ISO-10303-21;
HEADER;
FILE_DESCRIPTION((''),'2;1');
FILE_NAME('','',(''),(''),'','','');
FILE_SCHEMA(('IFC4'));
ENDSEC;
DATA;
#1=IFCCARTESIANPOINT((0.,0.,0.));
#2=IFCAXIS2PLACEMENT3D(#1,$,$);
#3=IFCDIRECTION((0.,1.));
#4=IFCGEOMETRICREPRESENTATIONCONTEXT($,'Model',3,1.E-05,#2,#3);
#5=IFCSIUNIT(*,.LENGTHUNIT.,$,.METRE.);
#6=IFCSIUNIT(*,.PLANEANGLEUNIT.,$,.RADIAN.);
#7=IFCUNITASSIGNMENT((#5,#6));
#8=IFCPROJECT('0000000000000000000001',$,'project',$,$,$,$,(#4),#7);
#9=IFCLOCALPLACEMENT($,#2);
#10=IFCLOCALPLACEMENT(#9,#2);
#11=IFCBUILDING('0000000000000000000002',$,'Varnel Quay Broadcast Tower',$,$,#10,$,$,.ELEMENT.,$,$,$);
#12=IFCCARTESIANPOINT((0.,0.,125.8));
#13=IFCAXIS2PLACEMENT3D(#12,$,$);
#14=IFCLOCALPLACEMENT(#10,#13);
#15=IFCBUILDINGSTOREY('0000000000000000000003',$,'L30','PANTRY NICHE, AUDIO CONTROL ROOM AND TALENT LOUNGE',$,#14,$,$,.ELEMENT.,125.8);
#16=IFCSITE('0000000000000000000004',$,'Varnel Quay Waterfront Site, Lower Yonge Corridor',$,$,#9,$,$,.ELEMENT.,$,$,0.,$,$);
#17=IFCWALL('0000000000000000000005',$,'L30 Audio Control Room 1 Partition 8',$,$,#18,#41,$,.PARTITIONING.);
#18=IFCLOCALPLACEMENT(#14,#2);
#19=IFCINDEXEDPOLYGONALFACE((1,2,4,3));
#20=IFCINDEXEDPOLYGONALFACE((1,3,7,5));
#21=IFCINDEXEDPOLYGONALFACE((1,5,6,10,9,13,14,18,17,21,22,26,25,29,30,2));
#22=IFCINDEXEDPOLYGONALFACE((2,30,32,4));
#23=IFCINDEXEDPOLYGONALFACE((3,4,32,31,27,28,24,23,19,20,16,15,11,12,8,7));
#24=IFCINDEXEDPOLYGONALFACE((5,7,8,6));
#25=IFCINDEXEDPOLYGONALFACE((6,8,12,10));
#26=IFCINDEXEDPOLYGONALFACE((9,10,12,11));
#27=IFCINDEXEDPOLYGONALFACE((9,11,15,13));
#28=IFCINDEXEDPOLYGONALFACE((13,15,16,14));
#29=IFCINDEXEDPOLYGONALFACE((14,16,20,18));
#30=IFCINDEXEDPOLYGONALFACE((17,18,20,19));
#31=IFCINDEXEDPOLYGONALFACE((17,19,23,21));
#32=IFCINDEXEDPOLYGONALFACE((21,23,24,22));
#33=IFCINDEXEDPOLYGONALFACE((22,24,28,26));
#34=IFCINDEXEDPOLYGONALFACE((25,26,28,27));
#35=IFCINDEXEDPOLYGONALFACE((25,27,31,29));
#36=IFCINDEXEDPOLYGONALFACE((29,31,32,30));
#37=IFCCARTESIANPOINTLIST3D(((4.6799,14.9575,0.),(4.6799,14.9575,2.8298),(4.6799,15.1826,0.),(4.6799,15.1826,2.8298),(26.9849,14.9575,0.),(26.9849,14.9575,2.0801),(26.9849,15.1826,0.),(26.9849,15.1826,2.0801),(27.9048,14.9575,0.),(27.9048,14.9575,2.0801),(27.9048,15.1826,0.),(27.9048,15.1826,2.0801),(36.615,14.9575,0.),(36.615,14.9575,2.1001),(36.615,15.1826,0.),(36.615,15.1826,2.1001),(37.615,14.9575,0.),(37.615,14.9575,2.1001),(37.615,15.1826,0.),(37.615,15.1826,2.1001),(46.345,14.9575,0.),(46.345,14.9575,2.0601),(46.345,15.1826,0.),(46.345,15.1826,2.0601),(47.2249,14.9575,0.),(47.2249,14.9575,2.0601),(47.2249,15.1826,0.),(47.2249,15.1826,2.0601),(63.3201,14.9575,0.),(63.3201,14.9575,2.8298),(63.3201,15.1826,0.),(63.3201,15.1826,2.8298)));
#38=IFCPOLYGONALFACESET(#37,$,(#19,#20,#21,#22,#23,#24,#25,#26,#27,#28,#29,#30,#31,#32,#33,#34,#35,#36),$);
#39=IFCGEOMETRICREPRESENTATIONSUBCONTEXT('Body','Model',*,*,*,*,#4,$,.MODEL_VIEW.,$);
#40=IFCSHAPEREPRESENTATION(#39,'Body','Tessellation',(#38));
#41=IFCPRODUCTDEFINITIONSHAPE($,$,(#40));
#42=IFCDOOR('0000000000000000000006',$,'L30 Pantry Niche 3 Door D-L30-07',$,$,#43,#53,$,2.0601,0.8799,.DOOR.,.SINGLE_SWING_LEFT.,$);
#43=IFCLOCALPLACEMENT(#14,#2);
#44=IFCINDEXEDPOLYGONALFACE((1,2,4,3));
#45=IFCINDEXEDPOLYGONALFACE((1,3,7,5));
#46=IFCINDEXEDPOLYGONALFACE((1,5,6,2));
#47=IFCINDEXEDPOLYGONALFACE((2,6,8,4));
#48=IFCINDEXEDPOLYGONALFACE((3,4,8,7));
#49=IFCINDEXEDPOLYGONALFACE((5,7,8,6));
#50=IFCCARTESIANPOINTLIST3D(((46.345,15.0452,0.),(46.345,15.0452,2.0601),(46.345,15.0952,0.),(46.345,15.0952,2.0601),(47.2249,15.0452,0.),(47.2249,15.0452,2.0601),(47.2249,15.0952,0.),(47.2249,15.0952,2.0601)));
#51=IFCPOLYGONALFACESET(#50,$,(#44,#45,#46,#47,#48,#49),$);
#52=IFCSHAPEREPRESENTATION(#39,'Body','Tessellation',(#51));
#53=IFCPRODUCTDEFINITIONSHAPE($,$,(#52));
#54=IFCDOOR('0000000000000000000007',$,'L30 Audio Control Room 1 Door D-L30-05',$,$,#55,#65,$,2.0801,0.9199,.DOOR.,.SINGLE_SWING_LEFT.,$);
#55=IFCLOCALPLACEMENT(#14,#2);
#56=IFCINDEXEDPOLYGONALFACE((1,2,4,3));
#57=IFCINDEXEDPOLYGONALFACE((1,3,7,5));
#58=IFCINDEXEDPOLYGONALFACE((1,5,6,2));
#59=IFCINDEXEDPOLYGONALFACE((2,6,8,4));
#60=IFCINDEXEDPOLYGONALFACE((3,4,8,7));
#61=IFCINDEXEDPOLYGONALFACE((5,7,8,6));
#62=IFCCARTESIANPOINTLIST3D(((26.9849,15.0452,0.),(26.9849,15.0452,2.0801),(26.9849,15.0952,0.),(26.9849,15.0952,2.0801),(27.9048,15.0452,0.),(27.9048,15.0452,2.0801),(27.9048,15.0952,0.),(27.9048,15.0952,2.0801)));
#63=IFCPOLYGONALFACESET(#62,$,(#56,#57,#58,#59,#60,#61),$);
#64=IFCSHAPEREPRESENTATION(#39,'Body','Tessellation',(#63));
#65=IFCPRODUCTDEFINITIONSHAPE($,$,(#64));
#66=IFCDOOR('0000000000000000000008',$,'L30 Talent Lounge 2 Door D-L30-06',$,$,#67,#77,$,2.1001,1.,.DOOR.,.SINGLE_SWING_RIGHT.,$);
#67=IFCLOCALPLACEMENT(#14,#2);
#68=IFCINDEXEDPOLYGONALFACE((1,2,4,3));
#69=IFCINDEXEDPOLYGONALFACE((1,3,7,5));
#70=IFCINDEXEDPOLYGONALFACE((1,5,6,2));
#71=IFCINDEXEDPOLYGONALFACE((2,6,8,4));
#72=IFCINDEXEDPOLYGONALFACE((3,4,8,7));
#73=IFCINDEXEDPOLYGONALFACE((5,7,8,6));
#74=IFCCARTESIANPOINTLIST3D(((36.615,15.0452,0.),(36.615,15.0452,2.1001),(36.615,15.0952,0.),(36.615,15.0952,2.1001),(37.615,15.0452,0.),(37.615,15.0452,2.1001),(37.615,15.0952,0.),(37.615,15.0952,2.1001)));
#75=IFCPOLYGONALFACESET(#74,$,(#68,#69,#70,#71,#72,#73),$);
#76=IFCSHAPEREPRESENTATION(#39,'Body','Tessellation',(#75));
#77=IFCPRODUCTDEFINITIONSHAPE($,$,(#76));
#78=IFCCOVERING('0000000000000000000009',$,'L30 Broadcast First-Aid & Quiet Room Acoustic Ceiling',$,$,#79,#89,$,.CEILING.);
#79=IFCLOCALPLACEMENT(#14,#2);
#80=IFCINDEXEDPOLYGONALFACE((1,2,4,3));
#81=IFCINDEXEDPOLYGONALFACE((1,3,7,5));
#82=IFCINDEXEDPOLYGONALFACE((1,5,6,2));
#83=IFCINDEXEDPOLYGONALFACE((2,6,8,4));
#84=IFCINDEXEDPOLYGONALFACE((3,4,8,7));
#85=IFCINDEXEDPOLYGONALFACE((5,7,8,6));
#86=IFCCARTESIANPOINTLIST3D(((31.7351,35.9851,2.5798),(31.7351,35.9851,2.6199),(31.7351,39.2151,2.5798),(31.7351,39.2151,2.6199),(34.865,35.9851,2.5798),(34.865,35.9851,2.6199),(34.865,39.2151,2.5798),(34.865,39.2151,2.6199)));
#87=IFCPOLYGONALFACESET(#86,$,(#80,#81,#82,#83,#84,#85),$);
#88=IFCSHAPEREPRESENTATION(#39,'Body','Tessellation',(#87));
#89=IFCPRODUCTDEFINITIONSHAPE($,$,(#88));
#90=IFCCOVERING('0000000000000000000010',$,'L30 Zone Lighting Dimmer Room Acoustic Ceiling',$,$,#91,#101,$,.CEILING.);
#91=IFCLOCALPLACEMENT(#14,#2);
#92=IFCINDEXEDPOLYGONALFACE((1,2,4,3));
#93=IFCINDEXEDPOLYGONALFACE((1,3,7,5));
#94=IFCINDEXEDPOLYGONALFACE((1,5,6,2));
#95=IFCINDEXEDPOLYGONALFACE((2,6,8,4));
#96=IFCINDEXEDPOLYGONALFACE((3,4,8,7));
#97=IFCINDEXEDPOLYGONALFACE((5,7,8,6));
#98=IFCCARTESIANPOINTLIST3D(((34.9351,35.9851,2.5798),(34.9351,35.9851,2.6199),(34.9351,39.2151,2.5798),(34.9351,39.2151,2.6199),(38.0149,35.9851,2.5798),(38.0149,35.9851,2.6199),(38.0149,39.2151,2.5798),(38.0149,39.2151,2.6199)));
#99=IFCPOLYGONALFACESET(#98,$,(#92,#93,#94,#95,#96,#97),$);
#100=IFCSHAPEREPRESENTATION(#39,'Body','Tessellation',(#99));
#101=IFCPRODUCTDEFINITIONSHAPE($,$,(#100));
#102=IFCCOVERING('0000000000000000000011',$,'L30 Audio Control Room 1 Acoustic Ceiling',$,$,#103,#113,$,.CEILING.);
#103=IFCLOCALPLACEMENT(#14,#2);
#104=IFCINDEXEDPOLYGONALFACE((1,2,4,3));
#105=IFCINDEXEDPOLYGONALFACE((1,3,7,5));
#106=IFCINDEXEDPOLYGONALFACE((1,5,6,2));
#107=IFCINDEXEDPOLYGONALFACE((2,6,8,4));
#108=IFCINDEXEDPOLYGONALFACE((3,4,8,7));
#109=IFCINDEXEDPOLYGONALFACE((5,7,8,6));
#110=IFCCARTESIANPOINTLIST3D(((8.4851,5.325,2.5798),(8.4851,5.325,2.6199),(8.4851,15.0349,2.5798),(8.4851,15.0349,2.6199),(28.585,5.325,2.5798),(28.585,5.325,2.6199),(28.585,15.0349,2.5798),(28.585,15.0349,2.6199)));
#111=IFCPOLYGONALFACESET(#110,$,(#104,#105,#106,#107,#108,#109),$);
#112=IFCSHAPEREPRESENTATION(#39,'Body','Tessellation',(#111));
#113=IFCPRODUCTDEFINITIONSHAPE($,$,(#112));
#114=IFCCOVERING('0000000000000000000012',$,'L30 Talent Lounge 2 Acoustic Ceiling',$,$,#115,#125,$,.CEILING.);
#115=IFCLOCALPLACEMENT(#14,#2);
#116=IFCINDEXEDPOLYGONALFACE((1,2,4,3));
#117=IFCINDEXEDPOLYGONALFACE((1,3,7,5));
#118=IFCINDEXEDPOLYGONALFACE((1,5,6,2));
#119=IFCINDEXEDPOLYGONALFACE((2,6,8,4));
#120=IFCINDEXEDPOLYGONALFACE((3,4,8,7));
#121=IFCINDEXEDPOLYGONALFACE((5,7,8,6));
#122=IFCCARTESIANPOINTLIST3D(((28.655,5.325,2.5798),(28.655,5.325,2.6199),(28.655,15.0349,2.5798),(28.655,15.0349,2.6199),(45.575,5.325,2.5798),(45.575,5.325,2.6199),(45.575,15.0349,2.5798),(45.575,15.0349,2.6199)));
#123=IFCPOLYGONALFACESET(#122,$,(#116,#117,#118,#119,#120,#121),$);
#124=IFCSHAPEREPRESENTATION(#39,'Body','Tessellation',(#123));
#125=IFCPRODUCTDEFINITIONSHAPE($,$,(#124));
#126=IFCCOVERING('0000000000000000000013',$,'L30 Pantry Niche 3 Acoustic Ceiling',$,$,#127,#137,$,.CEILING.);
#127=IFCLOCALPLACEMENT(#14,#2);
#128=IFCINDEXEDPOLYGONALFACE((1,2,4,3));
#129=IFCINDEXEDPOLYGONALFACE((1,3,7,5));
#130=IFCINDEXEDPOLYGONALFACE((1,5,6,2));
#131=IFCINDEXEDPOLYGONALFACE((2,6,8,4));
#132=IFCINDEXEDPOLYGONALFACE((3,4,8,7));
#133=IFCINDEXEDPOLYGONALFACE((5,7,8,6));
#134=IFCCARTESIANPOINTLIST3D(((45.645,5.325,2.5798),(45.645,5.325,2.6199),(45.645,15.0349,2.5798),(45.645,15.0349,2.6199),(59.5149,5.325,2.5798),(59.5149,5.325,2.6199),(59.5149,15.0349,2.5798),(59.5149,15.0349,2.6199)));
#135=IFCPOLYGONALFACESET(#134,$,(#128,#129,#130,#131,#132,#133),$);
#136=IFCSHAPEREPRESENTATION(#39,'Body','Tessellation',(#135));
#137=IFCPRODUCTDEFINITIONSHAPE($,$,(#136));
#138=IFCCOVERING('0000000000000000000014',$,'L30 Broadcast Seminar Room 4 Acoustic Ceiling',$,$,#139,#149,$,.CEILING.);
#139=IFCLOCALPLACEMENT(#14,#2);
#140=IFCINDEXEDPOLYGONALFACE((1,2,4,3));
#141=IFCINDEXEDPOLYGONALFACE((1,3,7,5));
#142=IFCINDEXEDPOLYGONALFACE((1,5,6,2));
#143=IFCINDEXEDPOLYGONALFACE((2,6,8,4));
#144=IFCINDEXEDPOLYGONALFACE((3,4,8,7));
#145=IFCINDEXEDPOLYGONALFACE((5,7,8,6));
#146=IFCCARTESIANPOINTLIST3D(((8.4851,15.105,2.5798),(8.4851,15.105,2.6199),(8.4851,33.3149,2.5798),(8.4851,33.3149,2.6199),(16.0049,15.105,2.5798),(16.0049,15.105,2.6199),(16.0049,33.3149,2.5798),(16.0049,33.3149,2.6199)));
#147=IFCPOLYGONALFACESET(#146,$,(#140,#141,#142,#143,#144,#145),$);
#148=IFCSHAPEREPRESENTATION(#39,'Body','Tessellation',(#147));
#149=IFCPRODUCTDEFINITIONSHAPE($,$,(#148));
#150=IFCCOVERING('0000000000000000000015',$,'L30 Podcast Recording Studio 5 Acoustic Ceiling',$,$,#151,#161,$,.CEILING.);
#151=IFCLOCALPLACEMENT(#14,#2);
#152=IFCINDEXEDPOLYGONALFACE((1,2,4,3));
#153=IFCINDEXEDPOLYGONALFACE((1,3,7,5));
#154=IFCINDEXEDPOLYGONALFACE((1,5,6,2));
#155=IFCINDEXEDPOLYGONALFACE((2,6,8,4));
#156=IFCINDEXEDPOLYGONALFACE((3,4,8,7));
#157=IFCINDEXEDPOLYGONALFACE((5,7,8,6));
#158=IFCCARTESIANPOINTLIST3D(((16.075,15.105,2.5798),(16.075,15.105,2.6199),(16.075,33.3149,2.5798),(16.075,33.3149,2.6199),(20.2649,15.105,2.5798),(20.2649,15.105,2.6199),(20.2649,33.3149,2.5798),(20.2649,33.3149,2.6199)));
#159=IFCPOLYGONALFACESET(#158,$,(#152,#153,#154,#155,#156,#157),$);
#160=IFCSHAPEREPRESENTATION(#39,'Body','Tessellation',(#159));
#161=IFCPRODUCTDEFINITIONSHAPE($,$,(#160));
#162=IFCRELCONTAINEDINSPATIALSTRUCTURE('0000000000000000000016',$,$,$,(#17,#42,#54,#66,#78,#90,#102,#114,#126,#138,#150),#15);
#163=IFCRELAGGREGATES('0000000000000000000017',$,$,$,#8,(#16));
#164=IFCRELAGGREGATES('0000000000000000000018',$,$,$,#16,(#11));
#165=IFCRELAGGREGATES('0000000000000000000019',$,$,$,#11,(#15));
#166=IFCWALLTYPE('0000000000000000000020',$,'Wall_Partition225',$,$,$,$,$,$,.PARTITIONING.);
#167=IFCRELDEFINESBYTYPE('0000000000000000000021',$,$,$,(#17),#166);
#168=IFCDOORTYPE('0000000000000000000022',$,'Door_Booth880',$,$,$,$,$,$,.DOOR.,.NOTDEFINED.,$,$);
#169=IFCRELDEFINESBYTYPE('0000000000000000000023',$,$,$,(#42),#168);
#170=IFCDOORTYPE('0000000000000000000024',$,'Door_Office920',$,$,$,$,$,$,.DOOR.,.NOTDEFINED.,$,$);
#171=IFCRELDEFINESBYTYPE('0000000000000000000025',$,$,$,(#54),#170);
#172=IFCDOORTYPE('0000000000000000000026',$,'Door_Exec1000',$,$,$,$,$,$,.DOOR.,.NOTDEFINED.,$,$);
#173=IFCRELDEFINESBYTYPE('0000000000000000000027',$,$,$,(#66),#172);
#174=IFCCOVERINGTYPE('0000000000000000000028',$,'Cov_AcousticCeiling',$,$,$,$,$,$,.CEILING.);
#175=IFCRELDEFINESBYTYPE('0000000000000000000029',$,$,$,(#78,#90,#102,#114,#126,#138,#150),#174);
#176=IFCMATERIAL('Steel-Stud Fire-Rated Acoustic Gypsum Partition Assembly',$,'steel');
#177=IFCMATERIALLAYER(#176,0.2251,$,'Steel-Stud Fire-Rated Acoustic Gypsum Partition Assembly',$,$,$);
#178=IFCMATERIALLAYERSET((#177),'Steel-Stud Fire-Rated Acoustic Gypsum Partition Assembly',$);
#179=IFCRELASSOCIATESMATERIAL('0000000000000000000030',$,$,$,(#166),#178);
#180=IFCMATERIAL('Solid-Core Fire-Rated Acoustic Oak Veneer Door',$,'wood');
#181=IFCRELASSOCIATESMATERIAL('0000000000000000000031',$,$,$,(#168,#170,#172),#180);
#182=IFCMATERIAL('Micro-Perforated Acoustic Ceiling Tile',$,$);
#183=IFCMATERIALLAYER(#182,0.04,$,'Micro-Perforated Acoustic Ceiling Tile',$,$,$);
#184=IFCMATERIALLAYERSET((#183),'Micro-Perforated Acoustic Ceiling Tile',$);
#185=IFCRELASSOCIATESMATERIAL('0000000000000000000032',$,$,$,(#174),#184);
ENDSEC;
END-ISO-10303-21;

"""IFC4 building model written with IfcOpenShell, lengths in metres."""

from ifc_helpers import new_model, si_unit, direction, frame, frame_2d, origin, place, context, subcontext, project, spatial, polyline, rectangle, outline, extrude, source, transform, mapped, material, layer, layer_set, type_object, type_shapes, element, fill, save


model = new_model("IFC4")

# Units and contexts
model_context = context("Model", 3, precision=1e-05, world=origin(), true_north=direction((0.0, 1.0)))
body_context = subcontext(model_context, "Body", "Model", "MODEL_VIEW")
ifc_project = project(units=[si_unit("LENGTHUNIT", "METRE"), si_unit("PLANEANGLEUNIT", "RADIAN")], contexts=[model_context])

# Site, building, storey
site_placement = place(None, origin())
site = spatial("IfcSite", under=ifc_project, at=site_placement, Name="Varnel Quay Waterfront Site, Lower Yonge Corridor", CompositionType="ELEMENT", RefElevation=0.0)
building_placement = place(site_placement, origin())
building = spatial("IfcBuilding", under=site, at=building_placement, Name="Varnel Quay Broadcast Tower", CompositionType="ELEMENT")
storey_placement = place(building_placement, frame((0.0, 0.0, 125.8)))
storey = spatial("IfcBuildingStorey", under=building, at=storey_placement, Name="L30", Description="PANTRY NICHE, AUDIO CONTROL ROOM AND TALENT LOUNGE", CompositionType="ELEMENT", Elevation=125.8)

# Wall, openings, doors
ifc_material_1 = material(Name="Steel-Stud Fire-Rated Acoustic Gypsum Partition Assembly", Category="steel")
ifc_layer_1 = layer(ifc_material_1, 0.2251, Name="Steel-Stud Fire-Rated Acoustic Gypsum Partition Assembly")
ifc_layer_set_1 = layer_set([ifc_layer_1], Name="Steel-Stud Fire-Rated Acoustic Gypsum Partition Assembly")
wall_type = type_object("IfcWallType", Name="Wall_Partition225", PredefinedType="PARTITIONING", material=ifc_layer_set_1)
wall_placement = place(storey_placement, frame((4.6799, 15.0701, 0.0), z_axis=(0.0, 0.0, 1.0), x_axis=(1.0, 0.0, 0.0)))
wall = element("IfcWall", 1, at=wall_placement, inside=storey, type_object=wall_type, Name="L30 Audio Control Room 1 Partition 8", PredefinedType="PARTITIONING", context=body_context, shape_type="SweptSolid", body=[
    extrude(rectangle(XDim=58.6401, YDim=0.2251, at=frame_2d((29.3201, 0.0))), origin(), (0.0, 0.0, 1.0), 2.8298),
])
opening_1_placement = place(wall_placement, frame((22.3049, 0.0, 0.0)))
opening_1 = element("IfcOpeningElement", 2, at=opening_1_placement, cuts=wall, PredefinedType="OPENING", context=body_context, shape_type="SweptSolid", body=[
    extrude(rectangle(XDim=0.9199, YDim=2.0801, at=frame_2d((0.46, 1.04))), frame((0.0, 0.1226, 0.0), z_axis=(0.0, -1.0, 0.0), x_axis=(1.0, 0.0, 0.0)), (0.0, 0.0, 1.0), 0.2451),
])
opening_2_placement = place(wall_placement, frame((31.9351, 0.0, 0.0)))
opening_2 = element("IfcOpeningElement", 3, at=opening_2_placement, cuts=wall, PredefinedType="OPENING", context=body_context, shape_type="SweptSolid", body=[
    extrude(rectangle(XDim=1.0, YDim=2.1001, at=frame_2d((0.5, 1.05))), frame((0.0, 0.1226, 0.0), z_axis=(0.0, -1.0, 0.0), x_axis=(1.0, 0.0, 0.0)), (0.0, 0.0, 1.0), 0.2451),
])
opening_3_placement = place(wall_placement, frame((41.665, 0.0, 0.0)))
opening_3 = element("IfcOpeningElement", 4, at=opening_3_placement, cuts=wall, PredefinedType="OPENING", context=body_context, shape_type="SweptSolid", body=[
    extrude(rectangle(XDim=0.8799, YDim=2.0601, at=frame_2d((0.4399, 1.03))), frame((0.0, 0.1226, 0.0), z_axis=(0.0, -1.0, 0.0), x_axis=(1.0, 0.0, 0.0)), (0.0, 0.0, 1.0), 0.2451),
])
ifc_material_2 = material(Name="Solid-Core Fire-Rated Acoustic Oak Veneer Door", Category="wood")
door_type_1 = type_object("IfcDoorType", Name="Door_Booth880", OperationType="NOTDEFINED", PredefinedType="DOOR", material=ifc_material_2)
shared_shape_1 = source(origin(), body_context, "Body", "SweptSolid", [
    extrude(rectangle(XDim=0.8799, YDim=2.0601, at=frame_2d((0.4399, 1.03))), frame((0.0, 0.0249, 0.0), z_axis=(0.0, -1.0, 0.0), x_axis=(1.0, 0.0, 0.0)), (0.0, 0.0, 1.0), 0.05),
])
type_shapes(door_type_1, [shared_shape_1])
door_1_placement = place(opening_3_placement, frame((0.8799, 0.0, 0.0), z_axis=(0.0, 0.0, 1.0), x_axis=(-1.0, 0.0, 0.0)))
door_1 = element("IfcDoor", 5, at=door_1_placement, inside=storey, type_object=door_type_1, Name="L30 Pantry Niche 3 Door D-L30-07", OperationType="SINGLE_SWING_LEFT", OverallHeight=2.0601, OverallWidth=0.8799, PredefinedType="DOOR", context=body_context, shape_type="MappedRepresentation", body=[
    mapped(shared_shape_1, transform((0.0, 0.0, 0.0), x_axis=(1.0, 0.0, 0.0), y_axis=(0.0, 1.0, 0.0), z_axis=(0.0, 0.0, 1.0), scale=1.0)),
])
fill(opening_3, door_1)
door_type_2 = type_object("IfcDoorType", Name="Door_Office920", OperationType="NOTDEFINED", PredefinedType="DOOR", material=ifc_material_2)
shared_shape_2 = source(origin(), body_context, "Body", "SweptSolid", [
    extrude(rectangle(XDim=0.9199, YDim=2.0801, at=frame_2d((0.46, 1.04))), frame((0.0, 0.0249, 0.0), z_axis=(0.0, -1.0, 0.0), x_axis=(1.0, 0.0, 0.0)), (0.0, 0.0, 1.0), 0.05),
])
type_shapes(door_type_2, [shared_shape_2])
door_2_placement = place(opening_1_placement, frame((0.9199, 0.0, 0.0), z_axis=(0.0, 0.0, 1.0), x_axis=(-1.0, 0.0, 0.0)))
door_2 = element("IfcDoor", 6, at=door_2_placement, inside=storey, type_object=door_type_2, Name="L30 Audio Control Room 1 Door D-L30-05", OperationType="SINGLE_SWING_LEFT", OverallHeight=2.0801, OverallWidth=0.9199, PredefinedType="DOOR", context=body_context, shape_type="MappedRepresentation", body=[
    mapped(shared_shape_2, transform((0.0, 0.0, 0.0), x_axis=(1.0, 0.0, 0.0), y_axis=(0.0, 1.0, 0.0), z_axis=(0.0, 0.0, 1.0), scale=1.0)),
])
fill(opening_1, door_2)
door_type_3 = type_object("IfcDoorType", Name="Door_Exec1000", OperationType="NOTDEFINED", PredefinedType="DOOR", material=ifc_material_2)
shared_shape_3 = source(origin(), body_context, "Body", "SweptSolid", [
    extrude(rectangle(XDim=1.0, YDim=2.1001, at=frame_2d((0.5, 1.05))), frame((0.0, 0.0249, 0.0), z_axis=(0.0, -1.0, 0.0), x_axis=(1.0, 0.0, 0.0)), (0.0, 0.0, 1.0), 0.05),
])
type_shapes(door_type_3, [shared_shape_3])
door_3_placement = place(opening_2_placement, frame((1.0, 0.0, 0.0), z_axis=(0.0, 0.0, 1.0), x_axis=(-1.0, 0.0, 0.0)))
door_3 = element("IfcDoor", 7, at=door_3_placement, inside=storey, type_object=door_type_3, Name="L30 Talent Lounge 2 Door D-L30-06", OperationType="SINGLE_SWING_RIGHT", OverallHeight=2.1001, OverallWidth=1.0, PredefinedType="DOOR", context=body_context, shape_type="MappedRepresentation", body=[
    mapped(shared_shape_3, transform((0.0, 0.0, 0.0), x_axis=(1.0, 0.0, 0.0), y_axis=(0.0, 1.0, 0.0), z_axis=(0.0, 0.0, 1.0), scale=1.0)),
])
fill(opening_2, door_3)

# Coverings
ifc_material_3 = material(Name="Micro-Perforated Acoustic Ceiling Tile")
ifc_layer_2 = layer(ifc_material_3, 0.04, Name="Micro-Perforated Acoustic Ceiling Tile")
ifc_layer_set_2 = layer_set([ifc_layer_2], Name="Micro-Perforated Acoustic Ceiling Tile")
covering_type_1 = type_object("IfcCoveringType", Name="Cov_AcousticCeiling", PredefinedType="CEILING", material=ifc_layer_set_2)
covering_1_placement = place(storey_placement, frame((0.0, 0.0, 2.5798)))
element("IfcCovering", 8, at=covering_1_placement, inside=storey, type_object=covering_type_1, Name="L30 Broadcast First-Aid & Quiet Room Acoustic Ceiling", PredefinedType="CEILING", context=body_context, shape_type="SweptSolid", body=[
    extrude(outline(polyline([(31.7351, 35.9851), (34.865, 35.9851), (34.865, 39.2151), (31.7351, 39.2151), (31.7351, 35.9851)])), origin(), (0.0, 0.0, 1.0), 0.04),
])
covering_2_placement = place(storey_placement, frame((0.0, 0.0, 2.5798)))
element("IfcCovering", 9, at=covering_2_placement, inside=storey, type_object=covering_type_1, Name="L30 Zone Lighting Dimmer Room Acoustic Ceiling", PredefinedType="CEILING", context=body_context, shape_type="SweptSolid", body=[
    extrude(outline(polyline([(34.9351, 35.9851), (38.0149, 35.9851), (38.0149, 39.2151), (34.9351, 39.2151), (34.9351, 35.9851)])), origin(), (0.0, 0.0, 1.0), 0.04),
])
covering_3_placement = place(storey_placement, frame((0.0, 0.0, 2.5798)))
element("IfcCovering", 10, at=covering_3_placement, inside=storey, type_object=covering_type_1, Name="L30 Audio Control Room 1 Acoustic Ceiling", PredefinedType="CEILING", context=body_context, shape_type="SweptSolid", body=[
    extrude(outline(polyline([(8.4851, 5.325), (28.585, 5.325), (28.585, 15.0349), (8.4851, 15.0349), (8.4851, 5.325)])), origin(), (0.0, 0.0, 1.0), 0.04),
])
covering_4_placement = place(storey_placement, frame((0.0, 0.0, 2.5798)))
element("IfcCovering", 11, at=covering_4_placement, inside=storey, type_object=covering_type_1, Name="L30 Talent Lounge 2 Acoustic Ceiling", PredefinedType="CEILING", context=body_context, shape_type="SweptSolid", body=[
    extrude(outline(polyline([(28.655, 5.325), (45.575, 5.325), (45.575, 15.0349), (28.655, 15.0349), (28.655, 5.325)])), origin(), (0.0, 0.0, 1.0), 0.04),
])
covering_5_placement = place(storey_placement, frame((0.0, 0.0, 2.5798)))
element("IfcCovering", 12, at=covering_5_placement, inside=storey, type_object=covering_type_1, Name="L30 Pantry Niche 3 Acoustic Ceiling", PredefinedType="CEILING", context=body_context, shape_type="SweptSolid", body=[
    extrude(outline(polyline([(45.645, 5.325), (59.5149, 5.325), (59.5149, 15.0349), (45.645, 15.0349), (45.645, 5.325)])), origin(), (0.0, 0.0, 1.0), 0.04),
])
covering_6_placement = place(storey_placement, frame((0.0, 0.0, 2.5798)))
element("IfcCovering", 13, at=covering_6_placement, inside=storey, type_object=covering_type_1, Name="L30 Broadcast Seminar Room 4 Acoustic Ceiling", PredefinedType="CEILING", context=body_context, shape_type="SweptSolid", body=[
    extrude(outline(polyline([(8.4851, 15.105), (16.0049, 15.105), (16.0049, 33.3149), (8.4851, 33.3149), (8.4851, 15.105)])), origin(), (0.0, 0.0, 1.0), 0.04),
])
covering_7_placement = place(storey_placement, frame((0.0, 0.0, 2.5798)))
element("IfcCovering", 14, at=covering_7_placement, inside=storey, type_object=covering_type_1, Name="L30 Podcast Recording Studio 5 Acoustic Ceiling", PredefinedType="CEILING", context=body_context, shape_type="SweptSolid", body=[
    extrude(outline(polyline([(16.075, 15.105), (20.2649, 15.105), (20.2649, 33.3149), (16.075, 33.3149), (16.075, 15.105)])), origin(), (0.0, 0.0, 1.0), 0.04),
])

save(model, "model.ifc")
